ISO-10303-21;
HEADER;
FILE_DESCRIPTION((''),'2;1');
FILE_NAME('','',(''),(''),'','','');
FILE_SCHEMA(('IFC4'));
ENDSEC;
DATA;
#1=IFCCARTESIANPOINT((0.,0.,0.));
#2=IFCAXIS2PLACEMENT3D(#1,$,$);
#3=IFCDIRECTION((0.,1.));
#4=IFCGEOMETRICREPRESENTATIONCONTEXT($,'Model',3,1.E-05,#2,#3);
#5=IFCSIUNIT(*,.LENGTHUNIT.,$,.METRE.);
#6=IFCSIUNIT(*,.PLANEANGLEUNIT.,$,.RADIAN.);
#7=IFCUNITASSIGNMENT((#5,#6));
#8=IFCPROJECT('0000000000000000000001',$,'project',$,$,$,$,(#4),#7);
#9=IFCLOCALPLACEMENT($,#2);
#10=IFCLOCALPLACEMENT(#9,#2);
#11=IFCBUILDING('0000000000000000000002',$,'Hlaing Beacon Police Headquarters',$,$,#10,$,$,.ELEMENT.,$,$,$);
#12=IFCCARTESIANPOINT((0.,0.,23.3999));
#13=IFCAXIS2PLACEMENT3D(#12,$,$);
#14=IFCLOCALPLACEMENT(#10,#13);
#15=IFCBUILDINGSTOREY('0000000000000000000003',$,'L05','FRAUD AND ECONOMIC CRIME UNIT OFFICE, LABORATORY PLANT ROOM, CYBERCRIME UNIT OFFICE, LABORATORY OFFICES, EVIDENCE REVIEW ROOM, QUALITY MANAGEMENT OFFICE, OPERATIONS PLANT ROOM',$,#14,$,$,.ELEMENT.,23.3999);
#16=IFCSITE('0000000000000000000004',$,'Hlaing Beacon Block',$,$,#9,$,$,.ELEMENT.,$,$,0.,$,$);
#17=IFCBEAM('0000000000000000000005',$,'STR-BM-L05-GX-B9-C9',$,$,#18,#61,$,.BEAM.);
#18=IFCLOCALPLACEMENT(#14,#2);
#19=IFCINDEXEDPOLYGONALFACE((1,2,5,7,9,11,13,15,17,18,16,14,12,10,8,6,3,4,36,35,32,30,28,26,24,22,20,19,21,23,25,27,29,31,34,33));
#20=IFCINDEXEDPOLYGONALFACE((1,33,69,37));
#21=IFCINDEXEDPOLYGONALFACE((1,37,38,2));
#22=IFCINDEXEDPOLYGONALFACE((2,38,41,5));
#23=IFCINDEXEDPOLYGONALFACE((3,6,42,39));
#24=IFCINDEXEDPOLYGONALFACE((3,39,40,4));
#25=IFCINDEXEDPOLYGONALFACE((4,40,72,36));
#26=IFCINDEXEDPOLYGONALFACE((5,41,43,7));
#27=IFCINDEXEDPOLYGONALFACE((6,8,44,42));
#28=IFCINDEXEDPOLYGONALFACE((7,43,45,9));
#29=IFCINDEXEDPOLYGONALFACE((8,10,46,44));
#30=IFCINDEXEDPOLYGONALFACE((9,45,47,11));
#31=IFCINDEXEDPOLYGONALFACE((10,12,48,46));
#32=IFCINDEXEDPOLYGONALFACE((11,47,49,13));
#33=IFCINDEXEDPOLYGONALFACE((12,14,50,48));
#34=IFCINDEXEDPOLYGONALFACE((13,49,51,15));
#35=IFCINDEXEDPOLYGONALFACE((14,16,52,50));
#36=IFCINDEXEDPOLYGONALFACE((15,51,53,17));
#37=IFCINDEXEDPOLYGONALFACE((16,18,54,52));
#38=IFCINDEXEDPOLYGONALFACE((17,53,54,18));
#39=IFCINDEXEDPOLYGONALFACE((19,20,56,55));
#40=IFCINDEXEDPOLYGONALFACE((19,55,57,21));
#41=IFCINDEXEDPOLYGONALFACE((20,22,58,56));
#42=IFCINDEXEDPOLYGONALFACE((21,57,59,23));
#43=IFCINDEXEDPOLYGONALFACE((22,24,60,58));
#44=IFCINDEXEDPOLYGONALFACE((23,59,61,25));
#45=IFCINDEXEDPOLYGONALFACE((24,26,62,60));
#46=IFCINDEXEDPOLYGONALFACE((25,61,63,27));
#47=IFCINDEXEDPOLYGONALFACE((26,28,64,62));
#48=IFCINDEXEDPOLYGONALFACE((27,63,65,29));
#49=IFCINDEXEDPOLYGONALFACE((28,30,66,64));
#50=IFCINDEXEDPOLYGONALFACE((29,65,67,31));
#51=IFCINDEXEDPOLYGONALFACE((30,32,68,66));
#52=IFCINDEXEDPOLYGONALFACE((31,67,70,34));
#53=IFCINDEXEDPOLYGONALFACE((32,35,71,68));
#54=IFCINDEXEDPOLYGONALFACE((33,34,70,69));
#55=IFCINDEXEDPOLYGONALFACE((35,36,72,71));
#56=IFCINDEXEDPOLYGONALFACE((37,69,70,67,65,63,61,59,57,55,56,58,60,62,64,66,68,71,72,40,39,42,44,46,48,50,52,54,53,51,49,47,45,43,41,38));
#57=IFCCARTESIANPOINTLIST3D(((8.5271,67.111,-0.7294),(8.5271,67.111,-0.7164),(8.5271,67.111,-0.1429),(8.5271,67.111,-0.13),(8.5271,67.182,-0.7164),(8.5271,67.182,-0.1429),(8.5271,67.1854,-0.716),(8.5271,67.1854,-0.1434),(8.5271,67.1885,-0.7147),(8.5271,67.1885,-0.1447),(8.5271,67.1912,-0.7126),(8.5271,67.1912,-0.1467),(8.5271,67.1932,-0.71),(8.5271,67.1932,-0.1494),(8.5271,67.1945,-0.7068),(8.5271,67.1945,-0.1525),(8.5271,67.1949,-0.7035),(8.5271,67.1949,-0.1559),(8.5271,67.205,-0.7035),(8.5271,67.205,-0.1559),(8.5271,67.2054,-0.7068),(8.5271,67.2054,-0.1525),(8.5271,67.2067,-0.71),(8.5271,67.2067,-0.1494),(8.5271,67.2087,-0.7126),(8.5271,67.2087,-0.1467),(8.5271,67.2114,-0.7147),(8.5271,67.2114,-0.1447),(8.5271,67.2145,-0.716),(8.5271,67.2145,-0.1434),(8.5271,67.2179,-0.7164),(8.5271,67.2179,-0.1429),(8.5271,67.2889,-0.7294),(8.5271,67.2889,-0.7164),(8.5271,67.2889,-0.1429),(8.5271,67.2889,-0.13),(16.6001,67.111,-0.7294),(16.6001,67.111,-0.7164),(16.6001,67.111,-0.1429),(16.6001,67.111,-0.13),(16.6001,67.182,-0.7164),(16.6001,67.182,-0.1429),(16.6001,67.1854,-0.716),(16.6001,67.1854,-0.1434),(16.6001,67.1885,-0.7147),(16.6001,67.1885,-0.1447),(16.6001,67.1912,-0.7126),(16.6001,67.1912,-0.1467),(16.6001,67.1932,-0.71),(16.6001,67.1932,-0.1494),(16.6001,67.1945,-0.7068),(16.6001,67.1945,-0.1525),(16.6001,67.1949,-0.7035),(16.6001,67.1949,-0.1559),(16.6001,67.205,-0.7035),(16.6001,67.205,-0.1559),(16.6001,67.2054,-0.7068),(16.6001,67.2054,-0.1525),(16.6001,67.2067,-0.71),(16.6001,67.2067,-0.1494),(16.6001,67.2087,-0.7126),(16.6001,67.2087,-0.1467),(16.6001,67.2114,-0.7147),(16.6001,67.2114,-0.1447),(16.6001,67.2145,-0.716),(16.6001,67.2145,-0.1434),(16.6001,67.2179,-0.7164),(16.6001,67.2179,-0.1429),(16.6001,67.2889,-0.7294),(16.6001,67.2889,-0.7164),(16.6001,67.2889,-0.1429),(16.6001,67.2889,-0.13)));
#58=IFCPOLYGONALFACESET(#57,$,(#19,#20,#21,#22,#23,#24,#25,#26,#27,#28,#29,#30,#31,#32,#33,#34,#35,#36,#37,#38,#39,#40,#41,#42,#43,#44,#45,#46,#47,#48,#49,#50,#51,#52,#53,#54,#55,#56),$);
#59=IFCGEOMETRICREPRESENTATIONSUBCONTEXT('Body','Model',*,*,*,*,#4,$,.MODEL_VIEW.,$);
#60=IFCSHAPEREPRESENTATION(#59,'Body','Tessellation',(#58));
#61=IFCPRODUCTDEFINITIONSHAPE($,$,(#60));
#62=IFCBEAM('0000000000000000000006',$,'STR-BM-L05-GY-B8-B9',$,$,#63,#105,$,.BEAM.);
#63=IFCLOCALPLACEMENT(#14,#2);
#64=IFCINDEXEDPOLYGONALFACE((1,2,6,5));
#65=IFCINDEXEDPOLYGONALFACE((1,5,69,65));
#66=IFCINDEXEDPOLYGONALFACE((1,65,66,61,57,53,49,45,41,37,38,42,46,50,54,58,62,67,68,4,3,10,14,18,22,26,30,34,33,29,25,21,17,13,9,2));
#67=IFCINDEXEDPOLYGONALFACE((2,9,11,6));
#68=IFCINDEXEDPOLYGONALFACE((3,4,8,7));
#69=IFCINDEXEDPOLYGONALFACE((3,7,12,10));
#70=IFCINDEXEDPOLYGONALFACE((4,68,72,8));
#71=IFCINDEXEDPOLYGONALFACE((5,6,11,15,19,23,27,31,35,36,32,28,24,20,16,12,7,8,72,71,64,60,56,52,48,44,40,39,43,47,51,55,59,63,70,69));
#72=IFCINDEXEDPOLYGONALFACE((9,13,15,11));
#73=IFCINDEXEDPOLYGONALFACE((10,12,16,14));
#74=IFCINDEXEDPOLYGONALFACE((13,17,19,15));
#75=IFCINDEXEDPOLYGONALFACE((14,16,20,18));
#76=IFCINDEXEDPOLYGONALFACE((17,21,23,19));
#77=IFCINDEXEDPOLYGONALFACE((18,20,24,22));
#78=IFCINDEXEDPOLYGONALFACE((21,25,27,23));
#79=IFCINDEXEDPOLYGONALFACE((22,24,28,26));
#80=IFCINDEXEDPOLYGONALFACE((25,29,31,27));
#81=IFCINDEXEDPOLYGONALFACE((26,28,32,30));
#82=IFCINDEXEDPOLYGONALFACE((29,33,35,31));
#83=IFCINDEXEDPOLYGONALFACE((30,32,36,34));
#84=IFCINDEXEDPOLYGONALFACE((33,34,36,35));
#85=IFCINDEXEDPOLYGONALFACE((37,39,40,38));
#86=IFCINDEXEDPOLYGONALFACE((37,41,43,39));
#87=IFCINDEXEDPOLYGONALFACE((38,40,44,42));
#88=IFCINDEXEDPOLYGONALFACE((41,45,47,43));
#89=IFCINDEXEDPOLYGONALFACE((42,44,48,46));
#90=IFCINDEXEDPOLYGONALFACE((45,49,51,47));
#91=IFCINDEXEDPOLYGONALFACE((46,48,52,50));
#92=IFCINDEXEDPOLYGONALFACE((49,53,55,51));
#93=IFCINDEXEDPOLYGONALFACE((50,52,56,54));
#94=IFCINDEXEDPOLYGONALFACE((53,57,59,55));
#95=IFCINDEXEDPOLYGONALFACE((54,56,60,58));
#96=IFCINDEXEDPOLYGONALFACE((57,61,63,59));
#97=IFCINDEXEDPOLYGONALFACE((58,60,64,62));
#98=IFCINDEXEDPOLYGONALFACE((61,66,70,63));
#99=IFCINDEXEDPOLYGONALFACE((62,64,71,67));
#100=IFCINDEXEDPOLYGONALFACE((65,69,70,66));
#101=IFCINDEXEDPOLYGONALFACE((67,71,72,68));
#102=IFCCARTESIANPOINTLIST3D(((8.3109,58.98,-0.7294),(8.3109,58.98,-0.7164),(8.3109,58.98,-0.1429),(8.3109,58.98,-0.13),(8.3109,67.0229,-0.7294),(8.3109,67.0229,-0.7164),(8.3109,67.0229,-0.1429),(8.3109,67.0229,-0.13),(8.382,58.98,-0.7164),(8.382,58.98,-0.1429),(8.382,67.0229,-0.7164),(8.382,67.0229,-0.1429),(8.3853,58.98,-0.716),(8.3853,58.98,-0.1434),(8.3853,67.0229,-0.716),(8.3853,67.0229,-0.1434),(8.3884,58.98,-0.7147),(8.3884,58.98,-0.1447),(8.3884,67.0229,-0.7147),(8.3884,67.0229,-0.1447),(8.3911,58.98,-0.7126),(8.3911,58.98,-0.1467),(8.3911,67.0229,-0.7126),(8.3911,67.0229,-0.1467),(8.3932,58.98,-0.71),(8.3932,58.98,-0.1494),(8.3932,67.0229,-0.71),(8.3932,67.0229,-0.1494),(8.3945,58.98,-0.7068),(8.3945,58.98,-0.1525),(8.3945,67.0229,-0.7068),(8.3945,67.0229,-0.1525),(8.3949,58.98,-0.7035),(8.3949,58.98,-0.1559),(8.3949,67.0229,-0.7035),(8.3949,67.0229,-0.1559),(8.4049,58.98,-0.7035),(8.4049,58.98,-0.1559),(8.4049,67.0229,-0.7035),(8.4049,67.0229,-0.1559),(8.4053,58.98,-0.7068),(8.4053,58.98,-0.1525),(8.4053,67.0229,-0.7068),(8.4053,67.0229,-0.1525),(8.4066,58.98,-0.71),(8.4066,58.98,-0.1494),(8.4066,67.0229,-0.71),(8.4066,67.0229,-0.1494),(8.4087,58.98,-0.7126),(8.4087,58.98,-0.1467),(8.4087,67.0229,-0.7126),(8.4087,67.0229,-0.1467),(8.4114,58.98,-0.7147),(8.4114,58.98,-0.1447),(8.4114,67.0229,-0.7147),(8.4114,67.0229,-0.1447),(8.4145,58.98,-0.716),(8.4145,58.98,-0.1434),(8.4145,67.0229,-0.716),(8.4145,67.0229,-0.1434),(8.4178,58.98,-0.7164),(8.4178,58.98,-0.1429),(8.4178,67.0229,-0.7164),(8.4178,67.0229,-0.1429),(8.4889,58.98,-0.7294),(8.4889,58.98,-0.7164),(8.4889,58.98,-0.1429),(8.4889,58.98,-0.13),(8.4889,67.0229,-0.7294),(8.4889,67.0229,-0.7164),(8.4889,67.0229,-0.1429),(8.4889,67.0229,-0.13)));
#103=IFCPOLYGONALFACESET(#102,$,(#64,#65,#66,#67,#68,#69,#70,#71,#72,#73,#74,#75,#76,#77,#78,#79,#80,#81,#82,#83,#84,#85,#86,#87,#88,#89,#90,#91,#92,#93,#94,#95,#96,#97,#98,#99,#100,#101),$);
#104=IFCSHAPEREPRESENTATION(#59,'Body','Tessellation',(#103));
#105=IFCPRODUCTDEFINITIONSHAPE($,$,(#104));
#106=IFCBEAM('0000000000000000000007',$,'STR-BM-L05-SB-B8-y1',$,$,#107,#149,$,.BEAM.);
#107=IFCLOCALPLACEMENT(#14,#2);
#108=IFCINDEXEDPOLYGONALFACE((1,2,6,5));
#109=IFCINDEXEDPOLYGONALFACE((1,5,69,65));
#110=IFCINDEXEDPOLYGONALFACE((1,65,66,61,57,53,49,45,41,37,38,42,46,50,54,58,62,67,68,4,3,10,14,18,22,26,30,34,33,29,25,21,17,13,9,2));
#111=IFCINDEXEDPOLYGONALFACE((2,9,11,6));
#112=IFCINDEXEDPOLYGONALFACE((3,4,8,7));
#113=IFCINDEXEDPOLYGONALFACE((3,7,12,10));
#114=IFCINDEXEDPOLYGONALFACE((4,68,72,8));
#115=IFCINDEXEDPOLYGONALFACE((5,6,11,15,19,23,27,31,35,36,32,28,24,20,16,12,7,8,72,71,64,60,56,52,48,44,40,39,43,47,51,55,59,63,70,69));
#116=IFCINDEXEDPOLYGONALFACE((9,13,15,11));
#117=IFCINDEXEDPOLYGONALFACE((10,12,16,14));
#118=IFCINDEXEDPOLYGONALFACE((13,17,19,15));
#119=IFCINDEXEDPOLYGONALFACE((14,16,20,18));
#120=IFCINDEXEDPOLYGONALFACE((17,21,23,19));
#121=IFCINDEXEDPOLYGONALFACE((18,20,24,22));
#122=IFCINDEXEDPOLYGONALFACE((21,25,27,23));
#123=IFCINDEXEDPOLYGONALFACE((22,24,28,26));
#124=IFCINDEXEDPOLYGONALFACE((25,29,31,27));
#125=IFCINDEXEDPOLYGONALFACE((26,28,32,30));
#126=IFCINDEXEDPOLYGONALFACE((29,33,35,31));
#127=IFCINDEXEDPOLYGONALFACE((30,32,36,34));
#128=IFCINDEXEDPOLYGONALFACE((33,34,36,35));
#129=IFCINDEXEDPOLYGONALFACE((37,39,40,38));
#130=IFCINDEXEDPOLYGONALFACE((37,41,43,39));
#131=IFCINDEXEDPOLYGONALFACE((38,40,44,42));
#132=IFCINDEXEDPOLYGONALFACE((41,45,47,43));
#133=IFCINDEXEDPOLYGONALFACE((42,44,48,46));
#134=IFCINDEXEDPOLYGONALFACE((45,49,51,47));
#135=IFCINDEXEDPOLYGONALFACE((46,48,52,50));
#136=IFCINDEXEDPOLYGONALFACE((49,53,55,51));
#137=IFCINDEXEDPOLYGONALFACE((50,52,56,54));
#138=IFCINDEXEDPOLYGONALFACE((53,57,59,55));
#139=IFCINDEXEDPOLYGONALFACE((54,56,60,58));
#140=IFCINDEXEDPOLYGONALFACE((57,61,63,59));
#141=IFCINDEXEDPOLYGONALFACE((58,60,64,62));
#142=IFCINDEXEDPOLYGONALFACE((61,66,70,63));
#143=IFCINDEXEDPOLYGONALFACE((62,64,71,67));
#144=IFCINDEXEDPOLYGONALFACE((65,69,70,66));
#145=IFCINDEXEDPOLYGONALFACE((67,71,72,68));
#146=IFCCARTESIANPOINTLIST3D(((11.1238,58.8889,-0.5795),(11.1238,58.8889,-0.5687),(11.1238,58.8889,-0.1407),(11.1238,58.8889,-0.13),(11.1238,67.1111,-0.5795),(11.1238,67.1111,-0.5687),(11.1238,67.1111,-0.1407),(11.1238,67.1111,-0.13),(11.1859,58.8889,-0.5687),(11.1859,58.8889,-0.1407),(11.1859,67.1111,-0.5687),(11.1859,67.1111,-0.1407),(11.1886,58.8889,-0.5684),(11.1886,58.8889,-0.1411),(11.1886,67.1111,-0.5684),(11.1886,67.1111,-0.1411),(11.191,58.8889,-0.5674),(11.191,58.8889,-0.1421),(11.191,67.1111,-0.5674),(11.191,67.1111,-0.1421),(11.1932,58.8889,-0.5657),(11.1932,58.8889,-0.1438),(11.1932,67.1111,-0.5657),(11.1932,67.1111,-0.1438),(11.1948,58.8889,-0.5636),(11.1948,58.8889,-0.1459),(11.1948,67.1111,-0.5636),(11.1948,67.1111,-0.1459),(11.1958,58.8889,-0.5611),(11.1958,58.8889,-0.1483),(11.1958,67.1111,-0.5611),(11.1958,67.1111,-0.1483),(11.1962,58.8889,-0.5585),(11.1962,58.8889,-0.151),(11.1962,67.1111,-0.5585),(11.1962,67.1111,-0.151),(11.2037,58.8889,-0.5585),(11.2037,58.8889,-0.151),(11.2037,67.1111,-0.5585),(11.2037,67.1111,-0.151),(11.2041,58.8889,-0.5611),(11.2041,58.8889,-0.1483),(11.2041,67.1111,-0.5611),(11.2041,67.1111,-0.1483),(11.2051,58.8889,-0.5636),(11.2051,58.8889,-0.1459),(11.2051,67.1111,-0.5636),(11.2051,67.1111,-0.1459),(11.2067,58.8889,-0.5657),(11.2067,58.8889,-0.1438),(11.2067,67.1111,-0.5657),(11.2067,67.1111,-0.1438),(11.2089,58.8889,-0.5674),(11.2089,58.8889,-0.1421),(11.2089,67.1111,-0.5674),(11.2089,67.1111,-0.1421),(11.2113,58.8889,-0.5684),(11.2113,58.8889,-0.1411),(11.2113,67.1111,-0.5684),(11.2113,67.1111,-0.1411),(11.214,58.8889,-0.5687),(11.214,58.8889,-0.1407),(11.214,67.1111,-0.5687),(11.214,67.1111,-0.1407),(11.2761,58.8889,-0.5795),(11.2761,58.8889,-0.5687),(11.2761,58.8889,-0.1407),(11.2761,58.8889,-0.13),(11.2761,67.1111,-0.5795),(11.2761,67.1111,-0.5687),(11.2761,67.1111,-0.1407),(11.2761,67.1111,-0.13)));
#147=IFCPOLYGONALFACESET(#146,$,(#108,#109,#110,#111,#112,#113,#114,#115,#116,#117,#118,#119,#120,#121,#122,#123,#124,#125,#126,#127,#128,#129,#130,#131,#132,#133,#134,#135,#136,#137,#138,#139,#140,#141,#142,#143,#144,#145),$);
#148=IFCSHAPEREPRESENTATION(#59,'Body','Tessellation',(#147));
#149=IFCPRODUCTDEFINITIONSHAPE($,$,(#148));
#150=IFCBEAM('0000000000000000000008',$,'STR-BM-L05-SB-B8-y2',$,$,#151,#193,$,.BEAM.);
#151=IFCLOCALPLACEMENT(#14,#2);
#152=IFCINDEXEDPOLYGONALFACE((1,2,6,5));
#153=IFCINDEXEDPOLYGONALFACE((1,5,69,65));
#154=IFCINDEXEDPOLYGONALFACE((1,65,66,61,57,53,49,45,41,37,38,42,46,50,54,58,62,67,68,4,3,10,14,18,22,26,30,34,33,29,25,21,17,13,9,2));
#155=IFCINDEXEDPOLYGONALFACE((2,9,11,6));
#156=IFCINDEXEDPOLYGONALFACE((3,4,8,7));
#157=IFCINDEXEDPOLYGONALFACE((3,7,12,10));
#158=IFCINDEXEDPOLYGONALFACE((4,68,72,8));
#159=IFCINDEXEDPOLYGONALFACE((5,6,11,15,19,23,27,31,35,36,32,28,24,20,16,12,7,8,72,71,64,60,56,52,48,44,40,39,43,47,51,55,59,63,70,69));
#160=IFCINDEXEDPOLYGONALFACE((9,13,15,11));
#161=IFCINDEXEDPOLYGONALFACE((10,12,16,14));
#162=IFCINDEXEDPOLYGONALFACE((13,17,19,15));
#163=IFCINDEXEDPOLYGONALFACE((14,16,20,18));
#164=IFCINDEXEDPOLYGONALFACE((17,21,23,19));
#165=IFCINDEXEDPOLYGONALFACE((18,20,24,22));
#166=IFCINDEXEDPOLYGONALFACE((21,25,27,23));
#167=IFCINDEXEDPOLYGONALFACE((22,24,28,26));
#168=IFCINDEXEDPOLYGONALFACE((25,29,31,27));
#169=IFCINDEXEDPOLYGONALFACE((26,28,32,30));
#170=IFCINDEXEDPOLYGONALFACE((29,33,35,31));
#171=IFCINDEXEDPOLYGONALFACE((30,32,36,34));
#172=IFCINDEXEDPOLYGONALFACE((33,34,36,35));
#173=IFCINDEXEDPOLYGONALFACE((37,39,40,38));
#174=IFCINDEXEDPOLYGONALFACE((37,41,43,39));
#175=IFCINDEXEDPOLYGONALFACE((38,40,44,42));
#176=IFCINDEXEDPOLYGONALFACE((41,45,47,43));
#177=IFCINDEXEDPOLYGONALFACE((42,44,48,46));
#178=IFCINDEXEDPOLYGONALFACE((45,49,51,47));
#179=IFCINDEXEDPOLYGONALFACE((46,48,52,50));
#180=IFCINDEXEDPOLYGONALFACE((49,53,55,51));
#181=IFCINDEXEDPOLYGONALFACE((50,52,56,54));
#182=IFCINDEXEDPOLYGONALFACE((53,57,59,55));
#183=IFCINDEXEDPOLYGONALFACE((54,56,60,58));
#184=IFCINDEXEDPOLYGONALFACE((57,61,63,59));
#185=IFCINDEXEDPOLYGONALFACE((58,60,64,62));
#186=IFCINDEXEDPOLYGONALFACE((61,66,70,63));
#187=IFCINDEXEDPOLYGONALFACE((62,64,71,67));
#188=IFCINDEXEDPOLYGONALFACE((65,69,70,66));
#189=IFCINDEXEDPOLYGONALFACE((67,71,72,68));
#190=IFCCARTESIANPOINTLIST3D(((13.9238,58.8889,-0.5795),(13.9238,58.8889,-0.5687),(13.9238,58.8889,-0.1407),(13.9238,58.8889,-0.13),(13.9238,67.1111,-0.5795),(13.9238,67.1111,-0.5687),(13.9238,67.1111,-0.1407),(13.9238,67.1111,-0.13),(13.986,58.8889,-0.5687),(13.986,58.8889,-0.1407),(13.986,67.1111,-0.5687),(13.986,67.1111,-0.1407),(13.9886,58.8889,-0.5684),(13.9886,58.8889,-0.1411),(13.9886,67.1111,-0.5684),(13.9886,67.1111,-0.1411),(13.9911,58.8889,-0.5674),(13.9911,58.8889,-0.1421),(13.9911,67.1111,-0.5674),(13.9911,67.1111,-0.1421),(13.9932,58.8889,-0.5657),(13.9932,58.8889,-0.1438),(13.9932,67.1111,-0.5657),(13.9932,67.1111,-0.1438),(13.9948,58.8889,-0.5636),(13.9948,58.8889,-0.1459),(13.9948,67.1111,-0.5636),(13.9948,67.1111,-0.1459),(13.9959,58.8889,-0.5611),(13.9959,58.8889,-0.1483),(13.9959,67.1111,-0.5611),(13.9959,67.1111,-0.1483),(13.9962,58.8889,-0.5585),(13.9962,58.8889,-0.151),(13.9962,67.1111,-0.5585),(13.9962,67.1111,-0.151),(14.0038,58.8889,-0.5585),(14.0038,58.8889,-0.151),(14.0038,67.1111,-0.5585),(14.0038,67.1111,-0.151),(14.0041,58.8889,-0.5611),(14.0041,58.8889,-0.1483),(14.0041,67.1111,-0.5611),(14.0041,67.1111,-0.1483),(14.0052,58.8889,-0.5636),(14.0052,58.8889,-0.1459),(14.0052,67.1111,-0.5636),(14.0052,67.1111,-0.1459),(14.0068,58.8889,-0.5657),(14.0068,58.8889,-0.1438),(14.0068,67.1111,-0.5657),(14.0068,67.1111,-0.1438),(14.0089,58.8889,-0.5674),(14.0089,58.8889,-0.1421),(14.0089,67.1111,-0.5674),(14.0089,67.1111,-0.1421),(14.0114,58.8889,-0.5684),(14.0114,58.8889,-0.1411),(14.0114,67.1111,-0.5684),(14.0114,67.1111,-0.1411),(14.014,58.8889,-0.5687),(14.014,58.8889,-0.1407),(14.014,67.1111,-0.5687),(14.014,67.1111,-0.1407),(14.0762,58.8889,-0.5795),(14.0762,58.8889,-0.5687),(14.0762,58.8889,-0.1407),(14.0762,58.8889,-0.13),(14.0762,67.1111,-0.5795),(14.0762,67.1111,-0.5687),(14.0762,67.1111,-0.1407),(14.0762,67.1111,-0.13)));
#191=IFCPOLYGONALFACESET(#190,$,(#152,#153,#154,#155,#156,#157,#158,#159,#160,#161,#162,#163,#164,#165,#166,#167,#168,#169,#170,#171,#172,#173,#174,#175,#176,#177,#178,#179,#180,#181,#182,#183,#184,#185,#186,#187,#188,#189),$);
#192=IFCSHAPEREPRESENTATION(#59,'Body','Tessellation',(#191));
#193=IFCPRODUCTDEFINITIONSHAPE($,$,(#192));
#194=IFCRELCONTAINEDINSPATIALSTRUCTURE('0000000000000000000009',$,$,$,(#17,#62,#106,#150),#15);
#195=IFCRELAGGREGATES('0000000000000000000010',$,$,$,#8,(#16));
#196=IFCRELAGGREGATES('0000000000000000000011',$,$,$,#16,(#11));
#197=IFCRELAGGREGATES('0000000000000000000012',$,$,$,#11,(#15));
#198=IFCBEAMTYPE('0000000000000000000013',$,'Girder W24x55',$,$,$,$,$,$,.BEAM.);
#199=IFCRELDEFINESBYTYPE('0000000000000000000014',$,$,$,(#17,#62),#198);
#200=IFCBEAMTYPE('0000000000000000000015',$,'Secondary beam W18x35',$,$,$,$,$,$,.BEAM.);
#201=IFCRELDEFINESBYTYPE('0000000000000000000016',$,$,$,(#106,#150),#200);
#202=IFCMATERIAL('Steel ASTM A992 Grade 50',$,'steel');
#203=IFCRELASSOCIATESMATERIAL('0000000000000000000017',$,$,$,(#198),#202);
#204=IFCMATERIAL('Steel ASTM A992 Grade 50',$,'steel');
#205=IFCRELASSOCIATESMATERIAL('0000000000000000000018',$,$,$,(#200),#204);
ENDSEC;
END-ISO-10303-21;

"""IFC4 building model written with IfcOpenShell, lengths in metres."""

from ifc_helpers import new_model, si_unit, direction, frame, origin, origin_2d, place, context, subcontext, project, spatial, i_section, extrude, material, material_profile, profile_set, type_object, element, save


model = new_model("IFC4")

# Units and contexts
model_context = context("Model", 3, precision=1e-05, world=origin(), true_north=direction((0.0, 1.0)))
body_context = subcontext(model_context, "Body", "Model", "MODEL_VIEW")
ifc_project = project(units=[si_unit("LENGTHUNIT", "METRE"), si_unit("PLANEANGLEUNIT", "RADIAN")], contexts=[model_context])

# Site, building, storey
site_placement = place(None, origin())
site = spatial("IfcSite", under=ifc_project, at=site_placement, Name="Hlaing Beacon Block", CompositionType="ELEMENT", RefElevation=0.0)
building_placement = place(site_placement, origin())
building = spatial("IfcBuilding", under=site, at=building_placement, Name="Hlaing Beacon Police Headquarters", CompositionType="ELEMENT")
storey_placement = place(building_placement, frame((0.0, 0.0, 23.3999)))
storey = spatial("IfcBuildingStorey", under=building, at=storey_placement, Name="L05", Description="FRAUD AND ECONOMIC CRIME UNIT OFFICE, LABORATORY PLANT ROOM, CYBERCRIME UNIT OFFICE, LABORATORY OFFICES, EVIDENCE REVIEW ROOM, QUALITY MANAGEMENT OFFICE, OPERATIONS PLANT ROOM", CompositionType="ELEMENT", Elevation=23.3999)

# Beams
ifc_material_1 = material(Name="Steel ASTM A992 Grade 50", Category="steel")
ifc_material_profile_1 = material_profile(ifc_material_1, i_section(OverallWidth=0.178, OverallDepth=0.5994, WebThickness=0.01, FlangeThickness=0.0129, FilletRadius=0.0129, at=origin_2d()), Name="W24x55")
ifc_profile_set_1 = profile_set([ifc_material_profile_1], Name="Steel ASTM A992 Grade 50")
beam_type_1 = type_object("IfcBeamType", Name="Girder W24x55", PredefinedType="BEAM", material=ifc_profile_set_1)
beam_1_placement = place(storey_placement, frame((8.5271, 67.2, -0.4297), z_axis=(1.0, 0.0, 0.0), x_axis=(0.0, 1.0, 0.0)))
element("IfcBeam", 1, at=beam_1_placement, inside=storey, type_object=beam_type_1, Name="STR-BM-L05-GX-B9-C9", PredefinedType="BEAM", context=body_context, shape_type="SweptSolid", body=[
    extrude(i_section(OverallWidth=0.178, OverallDepth=0.5994, WebThickness=0.01, FlangeThickness=0.0129, FilletRadius=0.0129, at=origin_2d()), origin(), (0.0, 0.0, 1.0), 8.073),
])
beam_2_placement = place(storey_placement, frame((8.3999, 58.98, -0.4297), z_axis=(0.0, 1.0, 0.0), x_axis=(-1.0, 0.0, 0.0)))
element("IfcBeam", 2, at=beam_2_placement, inside=storey, type_object=beam_type_1, Name="STR-BM-L05-GY-B8-B9", PredefinedType="BEAM", context=body_context, shape_type="SweptSolid", body=[
    extrude(i_section(OverallWidth=0.178, OverallDepth=0.5994, WebThickness=0.01, FlangeThickness=0.0129, FilletRadius=0.0129, at=origin_2d()), origin(), (0.0, 0.0, 1.0), 8.043),
])
ifc_material_2 = material(Name="Steel ASTM A992 Grade 50", Category="steel")
ifc_material_profile_2 = material_profile(ifc_material_2, i_section(OverallWidth=0.1523, OverallDepth=0.4495, WebThickness=0.0076, FlangeThickness=0.0107, FilletRadius=0.0103, at=origin_2d()), Name="W18x35")
ifc_profile_set_2 = profile_set([ifc_material_profile_2], Name="Steel ASTM A992 Grade 50")
beam_type_2 = type_object("IfcBeamType", Name="Secondary beam W18x35", PredefinedType="BEAM", material=ifc_profile_set_2)
for number, where, z_axis, x_axis, name in (
    (3, (11.2, 58.8889, -0.3547), (0.0, 1.0, 0.0), (-1.0, 0.0, 0.0), "STR-BM-L05-SB-B8-y1"),
    (4, (14.0, 58.8889, -0.3547), (0.0, 1.0, 0.0), (-1.0, 0.0, 0.0), "STR-BM-L05-SB-B8-y2"),
):
    element("IfcBeam", number, at=place(storey_placement, frame(where, z_axis=z_axis, x_axis=x_axis)), inside=storey, type_object=beam_type_2, Name=name, PredefinedType="BEAM", context=body_context, shape_type="SweptSolid", body=[
        extrude(i_section(OverallWidth=0.1523, OverallDepth=0.4495, WebThickness=0.0076, FlangeThickness=0.0107, FilletRadius=0.0103, at=origin_2d()), origin(), (0.0, 0.0, 1.0), 8.2222),
    ])

save(model, "model.ifc")
